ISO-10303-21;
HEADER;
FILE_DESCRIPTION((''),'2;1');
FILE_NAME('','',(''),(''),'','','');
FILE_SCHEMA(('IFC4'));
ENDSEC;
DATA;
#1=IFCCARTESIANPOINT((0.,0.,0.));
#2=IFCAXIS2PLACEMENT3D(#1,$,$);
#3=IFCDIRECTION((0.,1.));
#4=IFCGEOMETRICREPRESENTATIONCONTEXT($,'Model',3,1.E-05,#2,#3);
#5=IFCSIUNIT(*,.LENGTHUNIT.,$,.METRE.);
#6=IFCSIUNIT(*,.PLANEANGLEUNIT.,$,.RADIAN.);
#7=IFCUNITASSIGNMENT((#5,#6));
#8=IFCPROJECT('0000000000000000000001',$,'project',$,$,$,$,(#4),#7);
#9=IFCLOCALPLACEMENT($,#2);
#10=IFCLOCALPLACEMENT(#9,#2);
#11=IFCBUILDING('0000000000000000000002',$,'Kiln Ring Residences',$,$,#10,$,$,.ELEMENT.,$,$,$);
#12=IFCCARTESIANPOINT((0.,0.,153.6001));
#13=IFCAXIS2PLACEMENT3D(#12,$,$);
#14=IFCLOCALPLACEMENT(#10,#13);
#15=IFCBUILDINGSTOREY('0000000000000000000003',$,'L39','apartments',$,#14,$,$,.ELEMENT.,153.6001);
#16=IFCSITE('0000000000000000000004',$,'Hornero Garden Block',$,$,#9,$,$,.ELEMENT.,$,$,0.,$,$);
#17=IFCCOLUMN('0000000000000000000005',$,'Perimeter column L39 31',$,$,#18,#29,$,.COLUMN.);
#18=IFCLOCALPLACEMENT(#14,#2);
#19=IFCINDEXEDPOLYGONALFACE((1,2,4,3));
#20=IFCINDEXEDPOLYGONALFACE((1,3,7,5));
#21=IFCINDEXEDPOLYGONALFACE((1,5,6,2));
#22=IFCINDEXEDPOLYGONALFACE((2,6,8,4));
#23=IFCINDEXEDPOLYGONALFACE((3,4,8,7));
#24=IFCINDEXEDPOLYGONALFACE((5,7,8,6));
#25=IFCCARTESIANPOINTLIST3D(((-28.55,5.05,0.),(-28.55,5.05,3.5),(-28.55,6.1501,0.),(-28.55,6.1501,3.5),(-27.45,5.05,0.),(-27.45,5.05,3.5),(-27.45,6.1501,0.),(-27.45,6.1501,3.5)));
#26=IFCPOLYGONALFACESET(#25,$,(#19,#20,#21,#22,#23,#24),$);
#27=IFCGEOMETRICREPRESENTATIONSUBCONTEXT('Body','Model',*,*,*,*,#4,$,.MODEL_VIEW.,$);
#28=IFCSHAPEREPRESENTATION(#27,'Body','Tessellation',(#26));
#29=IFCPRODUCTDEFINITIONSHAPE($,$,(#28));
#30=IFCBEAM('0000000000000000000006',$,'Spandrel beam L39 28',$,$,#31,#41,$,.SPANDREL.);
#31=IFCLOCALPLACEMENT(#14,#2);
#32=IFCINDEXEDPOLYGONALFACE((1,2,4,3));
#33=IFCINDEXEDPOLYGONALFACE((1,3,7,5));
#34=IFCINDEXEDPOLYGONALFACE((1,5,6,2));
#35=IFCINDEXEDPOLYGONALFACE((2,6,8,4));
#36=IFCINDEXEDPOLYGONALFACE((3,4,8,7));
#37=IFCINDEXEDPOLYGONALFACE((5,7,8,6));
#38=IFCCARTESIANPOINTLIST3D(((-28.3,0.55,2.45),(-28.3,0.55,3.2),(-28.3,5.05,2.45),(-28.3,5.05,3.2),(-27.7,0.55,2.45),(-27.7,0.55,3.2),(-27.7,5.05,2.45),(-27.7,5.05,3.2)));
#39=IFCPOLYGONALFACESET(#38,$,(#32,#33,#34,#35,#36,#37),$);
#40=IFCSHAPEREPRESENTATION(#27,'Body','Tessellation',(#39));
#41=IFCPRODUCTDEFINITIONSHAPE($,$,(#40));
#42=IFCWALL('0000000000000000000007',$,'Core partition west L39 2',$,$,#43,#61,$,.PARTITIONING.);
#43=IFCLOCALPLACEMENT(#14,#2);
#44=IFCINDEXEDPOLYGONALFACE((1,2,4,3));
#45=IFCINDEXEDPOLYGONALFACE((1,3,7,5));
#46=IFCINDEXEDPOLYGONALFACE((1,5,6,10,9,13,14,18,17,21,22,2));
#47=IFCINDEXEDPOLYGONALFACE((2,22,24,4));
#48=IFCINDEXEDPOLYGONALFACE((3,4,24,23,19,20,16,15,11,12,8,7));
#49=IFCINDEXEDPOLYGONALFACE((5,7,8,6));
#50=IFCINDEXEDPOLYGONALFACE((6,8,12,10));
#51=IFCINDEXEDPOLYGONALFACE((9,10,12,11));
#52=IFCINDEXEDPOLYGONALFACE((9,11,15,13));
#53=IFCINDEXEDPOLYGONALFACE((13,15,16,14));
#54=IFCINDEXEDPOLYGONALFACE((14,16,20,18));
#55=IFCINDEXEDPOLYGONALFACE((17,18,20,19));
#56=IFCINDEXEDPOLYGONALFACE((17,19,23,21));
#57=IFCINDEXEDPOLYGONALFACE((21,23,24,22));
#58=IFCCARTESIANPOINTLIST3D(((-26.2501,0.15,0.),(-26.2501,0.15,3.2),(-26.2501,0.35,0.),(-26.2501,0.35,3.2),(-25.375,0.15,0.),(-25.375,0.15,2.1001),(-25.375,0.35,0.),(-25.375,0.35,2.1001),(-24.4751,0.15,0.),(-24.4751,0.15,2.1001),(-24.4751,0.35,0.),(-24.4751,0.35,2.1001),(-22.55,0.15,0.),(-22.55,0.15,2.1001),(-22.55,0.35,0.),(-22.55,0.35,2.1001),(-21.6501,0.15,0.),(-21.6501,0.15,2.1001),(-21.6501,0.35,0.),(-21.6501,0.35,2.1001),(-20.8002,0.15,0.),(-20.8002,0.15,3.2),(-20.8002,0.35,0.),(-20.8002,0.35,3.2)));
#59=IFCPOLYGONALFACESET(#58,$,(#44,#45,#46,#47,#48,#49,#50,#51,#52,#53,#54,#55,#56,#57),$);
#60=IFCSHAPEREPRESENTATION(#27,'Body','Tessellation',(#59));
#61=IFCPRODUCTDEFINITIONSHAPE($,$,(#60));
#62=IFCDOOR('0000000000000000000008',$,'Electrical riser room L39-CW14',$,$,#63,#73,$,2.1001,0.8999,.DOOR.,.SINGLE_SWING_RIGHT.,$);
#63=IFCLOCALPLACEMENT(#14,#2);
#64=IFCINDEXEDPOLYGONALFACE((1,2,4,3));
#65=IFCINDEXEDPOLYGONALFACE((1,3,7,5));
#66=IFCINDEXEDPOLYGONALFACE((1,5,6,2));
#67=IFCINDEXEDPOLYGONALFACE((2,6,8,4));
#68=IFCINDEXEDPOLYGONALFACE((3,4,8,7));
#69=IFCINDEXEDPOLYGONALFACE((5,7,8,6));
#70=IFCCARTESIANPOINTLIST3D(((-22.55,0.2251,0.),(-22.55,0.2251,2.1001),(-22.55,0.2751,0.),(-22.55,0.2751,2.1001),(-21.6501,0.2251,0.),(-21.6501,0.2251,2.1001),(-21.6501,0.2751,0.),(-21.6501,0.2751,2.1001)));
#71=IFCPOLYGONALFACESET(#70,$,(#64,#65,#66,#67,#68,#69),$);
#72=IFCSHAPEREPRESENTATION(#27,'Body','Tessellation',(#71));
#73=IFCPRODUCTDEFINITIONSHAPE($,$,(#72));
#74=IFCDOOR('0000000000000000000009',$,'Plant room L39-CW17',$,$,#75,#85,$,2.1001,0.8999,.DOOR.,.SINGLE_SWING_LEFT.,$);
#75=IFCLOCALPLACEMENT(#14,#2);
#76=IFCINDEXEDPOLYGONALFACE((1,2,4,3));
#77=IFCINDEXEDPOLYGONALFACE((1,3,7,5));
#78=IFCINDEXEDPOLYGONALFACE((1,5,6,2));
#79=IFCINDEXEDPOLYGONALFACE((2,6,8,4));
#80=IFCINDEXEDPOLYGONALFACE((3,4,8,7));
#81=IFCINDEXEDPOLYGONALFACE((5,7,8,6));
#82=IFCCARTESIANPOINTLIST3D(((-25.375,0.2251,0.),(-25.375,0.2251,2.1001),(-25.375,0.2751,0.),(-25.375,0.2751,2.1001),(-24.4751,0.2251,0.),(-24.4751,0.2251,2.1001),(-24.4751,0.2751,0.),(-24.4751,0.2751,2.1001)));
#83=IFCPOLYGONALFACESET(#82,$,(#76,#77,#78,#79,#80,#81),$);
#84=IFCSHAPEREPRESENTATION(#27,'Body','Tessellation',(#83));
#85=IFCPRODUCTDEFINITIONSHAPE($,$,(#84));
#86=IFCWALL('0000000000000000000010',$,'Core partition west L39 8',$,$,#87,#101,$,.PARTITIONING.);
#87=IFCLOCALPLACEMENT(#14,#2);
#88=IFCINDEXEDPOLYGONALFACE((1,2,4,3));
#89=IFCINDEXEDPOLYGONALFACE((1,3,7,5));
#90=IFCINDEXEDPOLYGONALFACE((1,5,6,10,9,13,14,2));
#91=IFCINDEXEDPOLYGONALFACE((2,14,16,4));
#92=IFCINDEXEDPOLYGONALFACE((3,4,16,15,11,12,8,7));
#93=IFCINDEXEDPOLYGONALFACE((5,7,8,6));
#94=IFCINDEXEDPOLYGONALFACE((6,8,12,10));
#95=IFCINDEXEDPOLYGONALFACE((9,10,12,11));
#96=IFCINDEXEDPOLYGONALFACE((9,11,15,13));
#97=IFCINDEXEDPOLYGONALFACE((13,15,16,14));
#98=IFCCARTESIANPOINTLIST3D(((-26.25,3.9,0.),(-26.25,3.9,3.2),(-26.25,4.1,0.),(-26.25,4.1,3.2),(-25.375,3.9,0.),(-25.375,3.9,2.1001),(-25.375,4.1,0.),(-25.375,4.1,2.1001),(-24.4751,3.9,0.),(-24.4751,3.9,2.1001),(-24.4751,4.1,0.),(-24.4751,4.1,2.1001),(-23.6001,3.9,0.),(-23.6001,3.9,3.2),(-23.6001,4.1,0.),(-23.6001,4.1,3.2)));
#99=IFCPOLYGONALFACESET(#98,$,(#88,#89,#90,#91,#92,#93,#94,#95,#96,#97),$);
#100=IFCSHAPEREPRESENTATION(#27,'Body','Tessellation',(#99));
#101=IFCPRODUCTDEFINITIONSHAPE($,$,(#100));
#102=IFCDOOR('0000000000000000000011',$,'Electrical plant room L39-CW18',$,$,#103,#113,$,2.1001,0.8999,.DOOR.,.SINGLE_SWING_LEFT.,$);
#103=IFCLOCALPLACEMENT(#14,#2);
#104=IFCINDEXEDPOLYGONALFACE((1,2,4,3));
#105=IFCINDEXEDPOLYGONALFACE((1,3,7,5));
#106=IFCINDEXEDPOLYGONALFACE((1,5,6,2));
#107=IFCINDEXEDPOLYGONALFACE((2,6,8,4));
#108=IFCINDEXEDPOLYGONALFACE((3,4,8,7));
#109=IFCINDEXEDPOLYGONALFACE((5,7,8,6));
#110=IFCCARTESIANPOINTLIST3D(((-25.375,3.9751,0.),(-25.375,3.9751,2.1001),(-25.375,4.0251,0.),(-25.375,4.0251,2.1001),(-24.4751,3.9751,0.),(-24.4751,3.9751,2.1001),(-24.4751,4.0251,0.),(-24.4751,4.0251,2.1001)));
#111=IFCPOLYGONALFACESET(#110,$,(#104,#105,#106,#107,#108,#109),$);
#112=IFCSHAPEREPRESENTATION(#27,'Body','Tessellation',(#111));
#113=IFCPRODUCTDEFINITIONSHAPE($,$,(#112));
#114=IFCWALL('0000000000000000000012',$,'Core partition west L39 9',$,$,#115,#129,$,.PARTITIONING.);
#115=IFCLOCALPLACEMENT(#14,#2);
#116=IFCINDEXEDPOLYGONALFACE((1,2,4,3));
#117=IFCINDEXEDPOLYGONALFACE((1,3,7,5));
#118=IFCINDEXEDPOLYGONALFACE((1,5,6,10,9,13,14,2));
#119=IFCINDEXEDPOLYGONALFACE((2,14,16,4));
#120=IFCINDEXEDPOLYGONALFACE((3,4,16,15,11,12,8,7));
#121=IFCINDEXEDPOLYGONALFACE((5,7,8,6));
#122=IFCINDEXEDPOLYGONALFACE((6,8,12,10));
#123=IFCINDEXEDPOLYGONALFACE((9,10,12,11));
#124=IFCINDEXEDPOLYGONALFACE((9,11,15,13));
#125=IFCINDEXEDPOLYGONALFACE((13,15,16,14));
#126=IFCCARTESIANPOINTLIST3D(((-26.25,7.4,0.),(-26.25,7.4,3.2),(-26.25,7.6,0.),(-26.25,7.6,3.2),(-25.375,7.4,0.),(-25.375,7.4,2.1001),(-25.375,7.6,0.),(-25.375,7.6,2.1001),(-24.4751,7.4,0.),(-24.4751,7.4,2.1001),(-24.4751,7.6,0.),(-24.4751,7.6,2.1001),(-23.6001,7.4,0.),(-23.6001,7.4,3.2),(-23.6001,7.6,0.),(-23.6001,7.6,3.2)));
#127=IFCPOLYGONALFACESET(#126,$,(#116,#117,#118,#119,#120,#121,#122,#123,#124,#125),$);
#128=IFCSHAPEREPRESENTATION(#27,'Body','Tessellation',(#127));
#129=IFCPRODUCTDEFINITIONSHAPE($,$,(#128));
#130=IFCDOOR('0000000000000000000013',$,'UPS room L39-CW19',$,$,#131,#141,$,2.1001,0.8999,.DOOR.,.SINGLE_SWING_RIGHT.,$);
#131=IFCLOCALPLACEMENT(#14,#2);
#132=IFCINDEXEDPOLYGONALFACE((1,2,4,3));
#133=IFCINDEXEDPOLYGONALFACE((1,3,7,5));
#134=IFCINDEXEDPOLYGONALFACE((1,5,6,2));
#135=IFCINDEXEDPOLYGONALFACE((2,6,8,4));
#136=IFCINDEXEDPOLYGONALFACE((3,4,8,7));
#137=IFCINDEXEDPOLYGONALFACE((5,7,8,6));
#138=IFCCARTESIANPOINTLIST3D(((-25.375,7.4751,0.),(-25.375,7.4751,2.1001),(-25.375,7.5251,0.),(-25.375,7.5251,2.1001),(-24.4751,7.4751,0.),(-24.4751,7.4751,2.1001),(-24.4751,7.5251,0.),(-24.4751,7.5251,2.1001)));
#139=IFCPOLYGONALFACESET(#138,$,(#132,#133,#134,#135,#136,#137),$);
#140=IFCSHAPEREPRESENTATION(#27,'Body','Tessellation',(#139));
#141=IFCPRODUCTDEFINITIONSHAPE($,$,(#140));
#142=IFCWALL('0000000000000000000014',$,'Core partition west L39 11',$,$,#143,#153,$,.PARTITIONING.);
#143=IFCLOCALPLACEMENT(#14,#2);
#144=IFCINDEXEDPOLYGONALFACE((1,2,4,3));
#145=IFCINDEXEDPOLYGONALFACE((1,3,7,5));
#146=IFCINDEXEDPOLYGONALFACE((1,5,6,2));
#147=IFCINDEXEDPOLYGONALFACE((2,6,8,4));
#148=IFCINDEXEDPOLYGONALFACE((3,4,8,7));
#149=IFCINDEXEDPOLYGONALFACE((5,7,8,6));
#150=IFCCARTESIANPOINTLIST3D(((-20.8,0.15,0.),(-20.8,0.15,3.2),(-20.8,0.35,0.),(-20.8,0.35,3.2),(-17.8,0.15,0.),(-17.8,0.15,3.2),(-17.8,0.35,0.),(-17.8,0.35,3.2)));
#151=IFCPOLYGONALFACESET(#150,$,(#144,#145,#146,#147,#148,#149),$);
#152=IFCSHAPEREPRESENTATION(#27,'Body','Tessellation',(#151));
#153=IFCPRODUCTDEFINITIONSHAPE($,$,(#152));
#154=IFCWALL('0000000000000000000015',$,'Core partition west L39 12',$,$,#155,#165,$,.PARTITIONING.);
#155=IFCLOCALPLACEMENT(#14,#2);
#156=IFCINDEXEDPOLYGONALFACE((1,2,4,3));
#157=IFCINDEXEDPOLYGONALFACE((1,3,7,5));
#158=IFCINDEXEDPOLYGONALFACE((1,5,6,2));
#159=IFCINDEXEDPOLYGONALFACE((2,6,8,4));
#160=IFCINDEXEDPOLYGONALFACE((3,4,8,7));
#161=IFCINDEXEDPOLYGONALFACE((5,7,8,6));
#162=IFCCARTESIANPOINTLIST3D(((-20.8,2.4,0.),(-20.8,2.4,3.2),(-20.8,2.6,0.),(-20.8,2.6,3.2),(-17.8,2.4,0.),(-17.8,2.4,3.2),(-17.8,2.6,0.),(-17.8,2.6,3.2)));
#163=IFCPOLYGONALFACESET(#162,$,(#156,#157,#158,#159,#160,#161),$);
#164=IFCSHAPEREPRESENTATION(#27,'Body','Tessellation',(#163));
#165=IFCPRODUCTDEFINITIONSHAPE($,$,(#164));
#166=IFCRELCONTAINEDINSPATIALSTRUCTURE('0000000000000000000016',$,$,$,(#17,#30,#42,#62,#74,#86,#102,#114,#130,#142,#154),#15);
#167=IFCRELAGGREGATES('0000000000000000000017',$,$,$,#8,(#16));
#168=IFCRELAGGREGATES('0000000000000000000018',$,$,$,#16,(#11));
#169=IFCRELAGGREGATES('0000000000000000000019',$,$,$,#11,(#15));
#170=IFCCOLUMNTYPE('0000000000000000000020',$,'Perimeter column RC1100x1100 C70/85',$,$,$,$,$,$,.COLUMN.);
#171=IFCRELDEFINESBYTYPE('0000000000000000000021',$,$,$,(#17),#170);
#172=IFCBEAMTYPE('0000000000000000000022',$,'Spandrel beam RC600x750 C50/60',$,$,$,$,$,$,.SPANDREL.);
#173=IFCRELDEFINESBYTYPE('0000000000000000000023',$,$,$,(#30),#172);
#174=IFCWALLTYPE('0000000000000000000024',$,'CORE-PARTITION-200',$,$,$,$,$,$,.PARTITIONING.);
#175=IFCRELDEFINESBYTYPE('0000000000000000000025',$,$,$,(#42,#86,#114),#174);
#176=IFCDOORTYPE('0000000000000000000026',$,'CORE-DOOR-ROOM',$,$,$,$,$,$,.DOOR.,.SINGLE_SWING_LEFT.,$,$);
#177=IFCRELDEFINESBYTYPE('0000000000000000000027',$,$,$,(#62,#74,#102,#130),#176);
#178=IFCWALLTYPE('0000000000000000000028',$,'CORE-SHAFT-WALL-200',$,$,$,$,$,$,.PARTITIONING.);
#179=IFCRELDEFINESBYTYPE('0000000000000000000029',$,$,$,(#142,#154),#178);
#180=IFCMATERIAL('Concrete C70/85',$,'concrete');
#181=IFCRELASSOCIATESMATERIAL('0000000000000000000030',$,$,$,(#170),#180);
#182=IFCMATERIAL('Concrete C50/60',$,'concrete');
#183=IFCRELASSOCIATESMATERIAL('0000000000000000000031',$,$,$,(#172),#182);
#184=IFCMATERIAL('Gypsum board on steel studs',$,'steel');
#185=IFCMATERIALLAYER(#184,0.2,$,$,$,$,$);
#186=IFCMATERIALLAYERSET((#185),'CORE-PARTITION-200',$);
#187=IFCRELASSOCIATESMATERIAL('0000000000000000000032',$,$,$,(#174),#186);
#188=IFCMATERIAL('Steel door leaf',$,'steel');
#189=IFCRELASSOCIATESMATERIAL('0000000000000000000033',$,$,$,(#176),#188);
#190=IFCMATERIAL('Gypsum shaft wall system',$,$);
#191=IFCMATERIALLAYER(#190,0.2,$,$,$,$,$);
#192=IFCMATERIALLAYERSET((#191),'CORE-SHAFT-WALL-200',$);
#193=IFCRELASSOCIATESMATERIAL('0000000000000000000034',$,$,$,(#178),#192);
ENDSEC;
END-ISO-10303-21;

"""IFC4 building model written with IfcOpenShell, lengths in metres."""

from ifc_helpers import new_model, si_unit, direction, frame, frame_2d, origin, origin_2d, place, context, subcontext, project, spatial, rectangle, extrude, material, layer, layer_set, material_profile, profile_set, type_object, element, fill, save


model = new_model("IFC4")

# Units and contexts
model_context = context("Model", 3, precision=1e-05, world=origin(), true_north=direction((0.0, 1.0)))
body_context = subcontext(model_context, "Body", "Model", "MODEL_VIEW")
ifc_project = project(units=[si_unit("LENGTHUNIT", "METRE"), si_unit("PLANEANGLEUNIT", "RADIAN")], contexts=[model_context])

# Site, building, storey
site_placement = place(None, origin())
site = spatial("IfcSite", under=ifc_project, at=site_placement, Name="Hornero Garden Block", CompositionType="ELEMENT", RefElevation=0.0)
building_placement = place(site_placement, origin())
building = spatial("IfcBuilding", under=site, at=building_placement, Name="Kiln Ring Residences", CompositionType="ELEMENT")
storey_placement = place(building_placement, frame((0.0, 0.0, 153.6001)))
storey = spatial("IfcBuildingStorey", under=building, at=storey_placement, Name="L39", Description="apartments", CompositionType="ELEMENT", Elevation=153.6001)

# Column
ifc_material_1 = material(Name="Concrete C70/85", Category="concrete")
ifc_material_profile_1 = material_profile(ifc_material_1, rectangle(XDim=1.1001, YDim=1.1001, at=origin_2d()), Name="RC1100x1100")
ifc_profile_set_1 = profile_set([ifc_material_profile_1], Name="Concrete C70/85")
column_type = type_object("IfcColumnType", Name="Perimeter column RC1100x1100 C70/85", PredefinedType="COLUMN", material=ifc_profile_set_1)
column_placement = place(storey_placement, frame((-28.0, 5.6001, 0.0), z_axis=(0.0, 0.0, 1.0), x_axis=(1.0, 0.0, 0.0)))
element("IfcColumn", 1, at=column_placement, inside=storey, type_object=column_type, Name="Perimeter column L39 31", PredefinedType="COLUMN", context=body_context, shape_type="SweptSolid", body=[
    extrude(rectangle(XDim=1.1001, YDim=1.1001, at=origin_2d()), origin(), (0.0, 0.0, 1.0), 3.5),
])

# Beam
ifc_material_2 = material(Name="Concrete C50/60", Category="concrete")
ifc_material_profile_2 = material_profile(ifc_material_2, rectangle(XDim=0.6001, YDim=0.75, at=origin_2d()), Name="RC600x750")
ifc_profile_set_2 = profile_set([ifc_material_profile_2], Name="Concrete C50/60")
beam_type = type_object("IfcBeamType", Name="Spandrel beam RC600x750 C50/60", PredefinedType="SPANDREL", material=ifc_profile_set_2)
beam_placement = place(storey_placement, frame((-28.0, 5.05, 2.825), z_axis=(0.0, -1.0, 0.0), x_axis=(1.0, 0.0, 0.0)))
element("IfcBeam", 2, at=beam_placement, inside=storey, type_object=beam_type, Name="Spandrel beam L39 28", PredefinedType="SPANDREL", context=body_context, shape_type="SweptSolid", body=[
    extrude(rectangle(XDim=0.6001, YDim=0.75, at=origin_2d()), origin(), (0.0, 0.0, 1.0), 4.5),
])

# Wall, openings, doors
ifc_material_3 = material(Name="Gypsum board on steel studs", Category="steel")
ifc_layer_1 = layer(ifc_material_3, 0.2)
ifc_layer_set_1 = layer_set([ifc_layer_1], Name="CORE-PARTITION-200")
wall_type_1 = type_object("IfcWallType", Name="CORE-PARTITION-200", PredefinedType="PARTITIONING", material=ifc_layer_set_1)
wall_1_placement = place(storey_placement, frame((-20.8, 0.25, 0.0), z_axis=(0.0, 0.0, 1.0), x_axis=(-1.0, 0.0, 0.0)))
wall_1 = element("IfcWall", 3, at=wall_1_placement, inside=storey, type_object=wall_type_1, Name="Core partition west L39 2", PredefinedType="PARTITIONING", context=body_context, shape_type="SweptSolid", body=[
    extrude(rectangle(XDim=5.45, YDim=0.2, at=frame_2d((2.7251, 0.0))), origin(), (0.0, 0.0, 1.0), 3.2),
])
opening_1_placement = place(wall_1_placement, frame((0.8501, 0.0, 0.0)))
opening_1 = element("IfcOpeningElement", 4, at=opening_1_placement, cuts=wall_1, PredefinedType="OPENING", context=body_context, shape_type="SweptSolid", body=[
    extrude(rectangle(XDim=0.8999, YDim=2.1001, at=frame_2d((0.45, 1.05))), frame((0.0, 0.1099, 0.0), z_axis=(0.0, -1.0, 0.0), x_axis=(1.0, 0.0, 0.0)), (0.0, 0.0, 1.0), 0.22),
])
opening_2_placement = place(wall_1_placement, frame((3.675, 0.0, 0.0)))
opening_2 = element("IfcOpeningElement", 5, at=opening_2_placement, cuts=wall_1, PredefinedType="OPENING", context=body_context, shape_type="SweptSolid", body=[
    extrude(rectangle(XDim=0.8999, YDim=2.1001, at=frame_2d((0.45, 1.05))), frame((0.0, 0.1099, 0.0), z_axis=(0.0, -1.0, 0.0), x_axis=(1.0, 0.0, 0.0)), (0.0, 0.0, 1.0), 0.22),
])
ifc_material_4 = material(Name="Steel door leaf", Category="steel")
door_type = type_object("IfcDoorType", Name="CORE-DOOR-ROOM", OperationType="SINGLE_SWING_LEFT", PredefinedType="DOOR", material=ifc_material_4)
door_1_placement = place(opening_1_placement, origin())
door_1 = element("IfcDoor", 6, at=door_1_placement, inside=storey, type_object=door_type, Name="Electrical riser room L39-CW14", OperationType="SINGLE_SWING_RIGHT", OverallHeight=2.1001, OverallWidth=0.8999, PredefinedType="DOOR", context=body_context, shape_type="SweptSolid", body=[
    extrude(rectangle(XDim=0.8999, YDim=2.1001, at=frame_2d((0.45, 1.05))), frame((0.0, 0.0249, 0.0), z_axis=(0.0, -1.0, 0.0), x_axis=(1.0, 0.0, 0.0)), (0.0, 0.0, 1.0), 0.05),
])
fill(opening_1, door_1)
door_2_placement = place(opening_2_placement, origin())
door_2 = element("IfcDoor", 7, at=door_2_placement, inside=storey, type_object=door_type, Name="Plant room L39-CW17", OperationType="SINGLE_SWING_LEFT", OverallHeight=2.1001, OverallWidth=0.8999, PredefinedType="DOOR", context=body_context, shape_type="SweptSolid", body=[
    extrude(rectangle(XDim=0.8999, YDim=2.1001, at=frame_2d((0.45, 1.05))), frame((0.0, 0.0249, 0.0), z_axis=(0.0, -1.0, 0.0), x_axis=(1.0, 0.0, 0.0)), (0.0, 0.0, 1.0), 0.05),
])
fill(opening_2, door_2)

# Walls, openings, doors
wall_2_placement = place(storey_placement, frame((-23.6001, 4.0, 0.0), z_axis=(0.0, 0.0, 1.0), x_axis=(-1.0, 0.0, 0.0)))
wall_2 = element("IfcWall", 8, at=wall_2_placement, inside=storey, type_object=wall_type_1, Name="Core partition west L39 8", PredefinedType="PARTITIONING", context=body_context, shape_type="SweptSolid", body=[
    extrude(rectangle(XDim=2.6499, YDim=0.2, at=frame_2d((1.325, 0.0))), origin(), (0.0, 0.0, 1.0), 3.2),
])
opening_3_placement = place(wall_2_placement, frame((0.875, 0.0, 0.0)))
opening_3 = element("IfcOpeningElement", 9, at=opening_3_placement, cuts=wall_2, PredefinedType="OPENING", context=body_context, shape_type="SweptSolid", body=[
    extrude(rectangle(XDim=0.8999, YDim=2.1001, at=frame_2d((0.45, 1.05))), frame((0.0, 0.1099, 0.0), z_axis=(0.0, -1.0, 0.0), x_axis=(1.0, 0.0, 0.0)), (0.0, 0.0, 1.0), 0.22),
])
door_3_placement = place(opening_3_placement, origin())
door_3 = element("IfcDoor", 10, at=door_3_placement, inside=storey, type_object=door_type, Name="Electrical plant room L39-CW18", OperationType="SINGLE_SWING_LEFT", OverallHeight=2.1001, OverallWidth=0.8999, PredefinedType="DOOR", context=body_context, shape_type="SweptSolid", body=[
    extrude(rectangle(XDim=0.8999, YDim=2.1001, at=frame_2d((0.45, 1.05))), frame((0.0, 0.0249, 0.0), z_axis=(0.0, -1.0, 0.0), x_axis=(1.0, 0.0, 0.0)), (0.0, 0.0, 1.0), 0.05),
])
fill(opening_3, door_3)
wall_3_placement = place(storey_placement, frame((-23.6001, 7.5, 0.0), z_axis=(0.0, 0.0, 1.0), x_axis=(-1.0, 0.0, 0.0)))
wall_3 = element("IfcWall", 11, at=wall_3_placement, inside=storey, type_object=wall_type_1, Name="Core partition west L39 9", PredefinedType="PARTITIONING", context=body_context, shape_type="SweptSolid", body=[
    extrude(rectangle(XDim=2.6499, YDim=0.2, at=frame_2d((1.325, 0.0))), origin(), (0.0, 0.0, 1.0), 3.2),
])
opening_4_placement = place(wall_3_placement, frame((0.875, 0.0, 0.0)))
opening_4 = element("IfcOpeningElement", 12, at=opening_4_placement, cuts=wall_3, PredefinedType="OPENING", context=body_context, shape_type="SweptSolid", body=[
    extrude(rectangle(XDim=0.8999, YDim=2.1001, at=frame_2d((0.45, 1.05))), frame((0.0, 0.1099, 0.0), z_axis=(0.0, -1.0, 0.0), x_axis=(1.0, 0.0, 0.0)), (0.0, 0.0, 1.0), 0.22),
])
door_4_placement = place(opening_4_placement, origin())
door_4 = element("IfcDoor", 13, at=door_4_placement, inside=storey, type_object=door_type, Name="UPS room L39-CW19", OperationType="SINGLE_SWING_RIGHT", OverallHeight=2.1001, OverallWidth=0.8999, PredefinedType="DOOR", context=body_context, shape_type="SweptSolid", body=[
    extrude(rectangle(XDim=0.8999, YDim=2.1001, at=frame_2d((0.45, 1.05))), frame((0.0, 0.0249, 0.0), z_axis=(0.0, -1.0, 0.0), x_axis=(1.0, 0.0, 0.0)), (0.0, 0.0, 1.0), 0.05),
])
fill(opening_4, door_4)

# Walls
ifc_material_5 = material(Name="Gypsum shaft wall system")
ifc_layer_2 = layer(ifc_material_5, 0.2)
ifc_layer_set_2 = layer_set([ifc_layer_2], Name="CORE-SHAFT-WALL-200")
wall_type_2 = type_object("IfcWallType", Name="CORE-SHAFT-WALL-200", PredefinedType="PARTITIONING", material=ifc_layer_set_2)
for number, where, z_axis, x_axis, name in (
    (14, (-17.8, 0.25, 0.0), (0.0, 0.0, 1.0), (-1.0, 0.0, 0.0), "Core partition west L39 11"),
    (15, (-17.8, 2.5, 0.0), (0.0, 0.0, 1.0), (-1.0, 0.0, 0.0), "Core partition west L39 12"),
):
    element("IfcWall", number, at=place(storey_placement, frame(where, z_axis=z_axis, x_axis=x_axis)), inside=storey, type_object=wall_type_2, Name=name, PredefinedType="PARTITIONING", context=body_context, shape_type="SweptSolid", body=[
        extrude(rectangle(XDim=3.0, YDim=0.2, at=frame_2d((1.5, 0.0))), origin(), (0.0, 0.0, 1.0), 3.2),
    ])

save(model, "model.ifc")
